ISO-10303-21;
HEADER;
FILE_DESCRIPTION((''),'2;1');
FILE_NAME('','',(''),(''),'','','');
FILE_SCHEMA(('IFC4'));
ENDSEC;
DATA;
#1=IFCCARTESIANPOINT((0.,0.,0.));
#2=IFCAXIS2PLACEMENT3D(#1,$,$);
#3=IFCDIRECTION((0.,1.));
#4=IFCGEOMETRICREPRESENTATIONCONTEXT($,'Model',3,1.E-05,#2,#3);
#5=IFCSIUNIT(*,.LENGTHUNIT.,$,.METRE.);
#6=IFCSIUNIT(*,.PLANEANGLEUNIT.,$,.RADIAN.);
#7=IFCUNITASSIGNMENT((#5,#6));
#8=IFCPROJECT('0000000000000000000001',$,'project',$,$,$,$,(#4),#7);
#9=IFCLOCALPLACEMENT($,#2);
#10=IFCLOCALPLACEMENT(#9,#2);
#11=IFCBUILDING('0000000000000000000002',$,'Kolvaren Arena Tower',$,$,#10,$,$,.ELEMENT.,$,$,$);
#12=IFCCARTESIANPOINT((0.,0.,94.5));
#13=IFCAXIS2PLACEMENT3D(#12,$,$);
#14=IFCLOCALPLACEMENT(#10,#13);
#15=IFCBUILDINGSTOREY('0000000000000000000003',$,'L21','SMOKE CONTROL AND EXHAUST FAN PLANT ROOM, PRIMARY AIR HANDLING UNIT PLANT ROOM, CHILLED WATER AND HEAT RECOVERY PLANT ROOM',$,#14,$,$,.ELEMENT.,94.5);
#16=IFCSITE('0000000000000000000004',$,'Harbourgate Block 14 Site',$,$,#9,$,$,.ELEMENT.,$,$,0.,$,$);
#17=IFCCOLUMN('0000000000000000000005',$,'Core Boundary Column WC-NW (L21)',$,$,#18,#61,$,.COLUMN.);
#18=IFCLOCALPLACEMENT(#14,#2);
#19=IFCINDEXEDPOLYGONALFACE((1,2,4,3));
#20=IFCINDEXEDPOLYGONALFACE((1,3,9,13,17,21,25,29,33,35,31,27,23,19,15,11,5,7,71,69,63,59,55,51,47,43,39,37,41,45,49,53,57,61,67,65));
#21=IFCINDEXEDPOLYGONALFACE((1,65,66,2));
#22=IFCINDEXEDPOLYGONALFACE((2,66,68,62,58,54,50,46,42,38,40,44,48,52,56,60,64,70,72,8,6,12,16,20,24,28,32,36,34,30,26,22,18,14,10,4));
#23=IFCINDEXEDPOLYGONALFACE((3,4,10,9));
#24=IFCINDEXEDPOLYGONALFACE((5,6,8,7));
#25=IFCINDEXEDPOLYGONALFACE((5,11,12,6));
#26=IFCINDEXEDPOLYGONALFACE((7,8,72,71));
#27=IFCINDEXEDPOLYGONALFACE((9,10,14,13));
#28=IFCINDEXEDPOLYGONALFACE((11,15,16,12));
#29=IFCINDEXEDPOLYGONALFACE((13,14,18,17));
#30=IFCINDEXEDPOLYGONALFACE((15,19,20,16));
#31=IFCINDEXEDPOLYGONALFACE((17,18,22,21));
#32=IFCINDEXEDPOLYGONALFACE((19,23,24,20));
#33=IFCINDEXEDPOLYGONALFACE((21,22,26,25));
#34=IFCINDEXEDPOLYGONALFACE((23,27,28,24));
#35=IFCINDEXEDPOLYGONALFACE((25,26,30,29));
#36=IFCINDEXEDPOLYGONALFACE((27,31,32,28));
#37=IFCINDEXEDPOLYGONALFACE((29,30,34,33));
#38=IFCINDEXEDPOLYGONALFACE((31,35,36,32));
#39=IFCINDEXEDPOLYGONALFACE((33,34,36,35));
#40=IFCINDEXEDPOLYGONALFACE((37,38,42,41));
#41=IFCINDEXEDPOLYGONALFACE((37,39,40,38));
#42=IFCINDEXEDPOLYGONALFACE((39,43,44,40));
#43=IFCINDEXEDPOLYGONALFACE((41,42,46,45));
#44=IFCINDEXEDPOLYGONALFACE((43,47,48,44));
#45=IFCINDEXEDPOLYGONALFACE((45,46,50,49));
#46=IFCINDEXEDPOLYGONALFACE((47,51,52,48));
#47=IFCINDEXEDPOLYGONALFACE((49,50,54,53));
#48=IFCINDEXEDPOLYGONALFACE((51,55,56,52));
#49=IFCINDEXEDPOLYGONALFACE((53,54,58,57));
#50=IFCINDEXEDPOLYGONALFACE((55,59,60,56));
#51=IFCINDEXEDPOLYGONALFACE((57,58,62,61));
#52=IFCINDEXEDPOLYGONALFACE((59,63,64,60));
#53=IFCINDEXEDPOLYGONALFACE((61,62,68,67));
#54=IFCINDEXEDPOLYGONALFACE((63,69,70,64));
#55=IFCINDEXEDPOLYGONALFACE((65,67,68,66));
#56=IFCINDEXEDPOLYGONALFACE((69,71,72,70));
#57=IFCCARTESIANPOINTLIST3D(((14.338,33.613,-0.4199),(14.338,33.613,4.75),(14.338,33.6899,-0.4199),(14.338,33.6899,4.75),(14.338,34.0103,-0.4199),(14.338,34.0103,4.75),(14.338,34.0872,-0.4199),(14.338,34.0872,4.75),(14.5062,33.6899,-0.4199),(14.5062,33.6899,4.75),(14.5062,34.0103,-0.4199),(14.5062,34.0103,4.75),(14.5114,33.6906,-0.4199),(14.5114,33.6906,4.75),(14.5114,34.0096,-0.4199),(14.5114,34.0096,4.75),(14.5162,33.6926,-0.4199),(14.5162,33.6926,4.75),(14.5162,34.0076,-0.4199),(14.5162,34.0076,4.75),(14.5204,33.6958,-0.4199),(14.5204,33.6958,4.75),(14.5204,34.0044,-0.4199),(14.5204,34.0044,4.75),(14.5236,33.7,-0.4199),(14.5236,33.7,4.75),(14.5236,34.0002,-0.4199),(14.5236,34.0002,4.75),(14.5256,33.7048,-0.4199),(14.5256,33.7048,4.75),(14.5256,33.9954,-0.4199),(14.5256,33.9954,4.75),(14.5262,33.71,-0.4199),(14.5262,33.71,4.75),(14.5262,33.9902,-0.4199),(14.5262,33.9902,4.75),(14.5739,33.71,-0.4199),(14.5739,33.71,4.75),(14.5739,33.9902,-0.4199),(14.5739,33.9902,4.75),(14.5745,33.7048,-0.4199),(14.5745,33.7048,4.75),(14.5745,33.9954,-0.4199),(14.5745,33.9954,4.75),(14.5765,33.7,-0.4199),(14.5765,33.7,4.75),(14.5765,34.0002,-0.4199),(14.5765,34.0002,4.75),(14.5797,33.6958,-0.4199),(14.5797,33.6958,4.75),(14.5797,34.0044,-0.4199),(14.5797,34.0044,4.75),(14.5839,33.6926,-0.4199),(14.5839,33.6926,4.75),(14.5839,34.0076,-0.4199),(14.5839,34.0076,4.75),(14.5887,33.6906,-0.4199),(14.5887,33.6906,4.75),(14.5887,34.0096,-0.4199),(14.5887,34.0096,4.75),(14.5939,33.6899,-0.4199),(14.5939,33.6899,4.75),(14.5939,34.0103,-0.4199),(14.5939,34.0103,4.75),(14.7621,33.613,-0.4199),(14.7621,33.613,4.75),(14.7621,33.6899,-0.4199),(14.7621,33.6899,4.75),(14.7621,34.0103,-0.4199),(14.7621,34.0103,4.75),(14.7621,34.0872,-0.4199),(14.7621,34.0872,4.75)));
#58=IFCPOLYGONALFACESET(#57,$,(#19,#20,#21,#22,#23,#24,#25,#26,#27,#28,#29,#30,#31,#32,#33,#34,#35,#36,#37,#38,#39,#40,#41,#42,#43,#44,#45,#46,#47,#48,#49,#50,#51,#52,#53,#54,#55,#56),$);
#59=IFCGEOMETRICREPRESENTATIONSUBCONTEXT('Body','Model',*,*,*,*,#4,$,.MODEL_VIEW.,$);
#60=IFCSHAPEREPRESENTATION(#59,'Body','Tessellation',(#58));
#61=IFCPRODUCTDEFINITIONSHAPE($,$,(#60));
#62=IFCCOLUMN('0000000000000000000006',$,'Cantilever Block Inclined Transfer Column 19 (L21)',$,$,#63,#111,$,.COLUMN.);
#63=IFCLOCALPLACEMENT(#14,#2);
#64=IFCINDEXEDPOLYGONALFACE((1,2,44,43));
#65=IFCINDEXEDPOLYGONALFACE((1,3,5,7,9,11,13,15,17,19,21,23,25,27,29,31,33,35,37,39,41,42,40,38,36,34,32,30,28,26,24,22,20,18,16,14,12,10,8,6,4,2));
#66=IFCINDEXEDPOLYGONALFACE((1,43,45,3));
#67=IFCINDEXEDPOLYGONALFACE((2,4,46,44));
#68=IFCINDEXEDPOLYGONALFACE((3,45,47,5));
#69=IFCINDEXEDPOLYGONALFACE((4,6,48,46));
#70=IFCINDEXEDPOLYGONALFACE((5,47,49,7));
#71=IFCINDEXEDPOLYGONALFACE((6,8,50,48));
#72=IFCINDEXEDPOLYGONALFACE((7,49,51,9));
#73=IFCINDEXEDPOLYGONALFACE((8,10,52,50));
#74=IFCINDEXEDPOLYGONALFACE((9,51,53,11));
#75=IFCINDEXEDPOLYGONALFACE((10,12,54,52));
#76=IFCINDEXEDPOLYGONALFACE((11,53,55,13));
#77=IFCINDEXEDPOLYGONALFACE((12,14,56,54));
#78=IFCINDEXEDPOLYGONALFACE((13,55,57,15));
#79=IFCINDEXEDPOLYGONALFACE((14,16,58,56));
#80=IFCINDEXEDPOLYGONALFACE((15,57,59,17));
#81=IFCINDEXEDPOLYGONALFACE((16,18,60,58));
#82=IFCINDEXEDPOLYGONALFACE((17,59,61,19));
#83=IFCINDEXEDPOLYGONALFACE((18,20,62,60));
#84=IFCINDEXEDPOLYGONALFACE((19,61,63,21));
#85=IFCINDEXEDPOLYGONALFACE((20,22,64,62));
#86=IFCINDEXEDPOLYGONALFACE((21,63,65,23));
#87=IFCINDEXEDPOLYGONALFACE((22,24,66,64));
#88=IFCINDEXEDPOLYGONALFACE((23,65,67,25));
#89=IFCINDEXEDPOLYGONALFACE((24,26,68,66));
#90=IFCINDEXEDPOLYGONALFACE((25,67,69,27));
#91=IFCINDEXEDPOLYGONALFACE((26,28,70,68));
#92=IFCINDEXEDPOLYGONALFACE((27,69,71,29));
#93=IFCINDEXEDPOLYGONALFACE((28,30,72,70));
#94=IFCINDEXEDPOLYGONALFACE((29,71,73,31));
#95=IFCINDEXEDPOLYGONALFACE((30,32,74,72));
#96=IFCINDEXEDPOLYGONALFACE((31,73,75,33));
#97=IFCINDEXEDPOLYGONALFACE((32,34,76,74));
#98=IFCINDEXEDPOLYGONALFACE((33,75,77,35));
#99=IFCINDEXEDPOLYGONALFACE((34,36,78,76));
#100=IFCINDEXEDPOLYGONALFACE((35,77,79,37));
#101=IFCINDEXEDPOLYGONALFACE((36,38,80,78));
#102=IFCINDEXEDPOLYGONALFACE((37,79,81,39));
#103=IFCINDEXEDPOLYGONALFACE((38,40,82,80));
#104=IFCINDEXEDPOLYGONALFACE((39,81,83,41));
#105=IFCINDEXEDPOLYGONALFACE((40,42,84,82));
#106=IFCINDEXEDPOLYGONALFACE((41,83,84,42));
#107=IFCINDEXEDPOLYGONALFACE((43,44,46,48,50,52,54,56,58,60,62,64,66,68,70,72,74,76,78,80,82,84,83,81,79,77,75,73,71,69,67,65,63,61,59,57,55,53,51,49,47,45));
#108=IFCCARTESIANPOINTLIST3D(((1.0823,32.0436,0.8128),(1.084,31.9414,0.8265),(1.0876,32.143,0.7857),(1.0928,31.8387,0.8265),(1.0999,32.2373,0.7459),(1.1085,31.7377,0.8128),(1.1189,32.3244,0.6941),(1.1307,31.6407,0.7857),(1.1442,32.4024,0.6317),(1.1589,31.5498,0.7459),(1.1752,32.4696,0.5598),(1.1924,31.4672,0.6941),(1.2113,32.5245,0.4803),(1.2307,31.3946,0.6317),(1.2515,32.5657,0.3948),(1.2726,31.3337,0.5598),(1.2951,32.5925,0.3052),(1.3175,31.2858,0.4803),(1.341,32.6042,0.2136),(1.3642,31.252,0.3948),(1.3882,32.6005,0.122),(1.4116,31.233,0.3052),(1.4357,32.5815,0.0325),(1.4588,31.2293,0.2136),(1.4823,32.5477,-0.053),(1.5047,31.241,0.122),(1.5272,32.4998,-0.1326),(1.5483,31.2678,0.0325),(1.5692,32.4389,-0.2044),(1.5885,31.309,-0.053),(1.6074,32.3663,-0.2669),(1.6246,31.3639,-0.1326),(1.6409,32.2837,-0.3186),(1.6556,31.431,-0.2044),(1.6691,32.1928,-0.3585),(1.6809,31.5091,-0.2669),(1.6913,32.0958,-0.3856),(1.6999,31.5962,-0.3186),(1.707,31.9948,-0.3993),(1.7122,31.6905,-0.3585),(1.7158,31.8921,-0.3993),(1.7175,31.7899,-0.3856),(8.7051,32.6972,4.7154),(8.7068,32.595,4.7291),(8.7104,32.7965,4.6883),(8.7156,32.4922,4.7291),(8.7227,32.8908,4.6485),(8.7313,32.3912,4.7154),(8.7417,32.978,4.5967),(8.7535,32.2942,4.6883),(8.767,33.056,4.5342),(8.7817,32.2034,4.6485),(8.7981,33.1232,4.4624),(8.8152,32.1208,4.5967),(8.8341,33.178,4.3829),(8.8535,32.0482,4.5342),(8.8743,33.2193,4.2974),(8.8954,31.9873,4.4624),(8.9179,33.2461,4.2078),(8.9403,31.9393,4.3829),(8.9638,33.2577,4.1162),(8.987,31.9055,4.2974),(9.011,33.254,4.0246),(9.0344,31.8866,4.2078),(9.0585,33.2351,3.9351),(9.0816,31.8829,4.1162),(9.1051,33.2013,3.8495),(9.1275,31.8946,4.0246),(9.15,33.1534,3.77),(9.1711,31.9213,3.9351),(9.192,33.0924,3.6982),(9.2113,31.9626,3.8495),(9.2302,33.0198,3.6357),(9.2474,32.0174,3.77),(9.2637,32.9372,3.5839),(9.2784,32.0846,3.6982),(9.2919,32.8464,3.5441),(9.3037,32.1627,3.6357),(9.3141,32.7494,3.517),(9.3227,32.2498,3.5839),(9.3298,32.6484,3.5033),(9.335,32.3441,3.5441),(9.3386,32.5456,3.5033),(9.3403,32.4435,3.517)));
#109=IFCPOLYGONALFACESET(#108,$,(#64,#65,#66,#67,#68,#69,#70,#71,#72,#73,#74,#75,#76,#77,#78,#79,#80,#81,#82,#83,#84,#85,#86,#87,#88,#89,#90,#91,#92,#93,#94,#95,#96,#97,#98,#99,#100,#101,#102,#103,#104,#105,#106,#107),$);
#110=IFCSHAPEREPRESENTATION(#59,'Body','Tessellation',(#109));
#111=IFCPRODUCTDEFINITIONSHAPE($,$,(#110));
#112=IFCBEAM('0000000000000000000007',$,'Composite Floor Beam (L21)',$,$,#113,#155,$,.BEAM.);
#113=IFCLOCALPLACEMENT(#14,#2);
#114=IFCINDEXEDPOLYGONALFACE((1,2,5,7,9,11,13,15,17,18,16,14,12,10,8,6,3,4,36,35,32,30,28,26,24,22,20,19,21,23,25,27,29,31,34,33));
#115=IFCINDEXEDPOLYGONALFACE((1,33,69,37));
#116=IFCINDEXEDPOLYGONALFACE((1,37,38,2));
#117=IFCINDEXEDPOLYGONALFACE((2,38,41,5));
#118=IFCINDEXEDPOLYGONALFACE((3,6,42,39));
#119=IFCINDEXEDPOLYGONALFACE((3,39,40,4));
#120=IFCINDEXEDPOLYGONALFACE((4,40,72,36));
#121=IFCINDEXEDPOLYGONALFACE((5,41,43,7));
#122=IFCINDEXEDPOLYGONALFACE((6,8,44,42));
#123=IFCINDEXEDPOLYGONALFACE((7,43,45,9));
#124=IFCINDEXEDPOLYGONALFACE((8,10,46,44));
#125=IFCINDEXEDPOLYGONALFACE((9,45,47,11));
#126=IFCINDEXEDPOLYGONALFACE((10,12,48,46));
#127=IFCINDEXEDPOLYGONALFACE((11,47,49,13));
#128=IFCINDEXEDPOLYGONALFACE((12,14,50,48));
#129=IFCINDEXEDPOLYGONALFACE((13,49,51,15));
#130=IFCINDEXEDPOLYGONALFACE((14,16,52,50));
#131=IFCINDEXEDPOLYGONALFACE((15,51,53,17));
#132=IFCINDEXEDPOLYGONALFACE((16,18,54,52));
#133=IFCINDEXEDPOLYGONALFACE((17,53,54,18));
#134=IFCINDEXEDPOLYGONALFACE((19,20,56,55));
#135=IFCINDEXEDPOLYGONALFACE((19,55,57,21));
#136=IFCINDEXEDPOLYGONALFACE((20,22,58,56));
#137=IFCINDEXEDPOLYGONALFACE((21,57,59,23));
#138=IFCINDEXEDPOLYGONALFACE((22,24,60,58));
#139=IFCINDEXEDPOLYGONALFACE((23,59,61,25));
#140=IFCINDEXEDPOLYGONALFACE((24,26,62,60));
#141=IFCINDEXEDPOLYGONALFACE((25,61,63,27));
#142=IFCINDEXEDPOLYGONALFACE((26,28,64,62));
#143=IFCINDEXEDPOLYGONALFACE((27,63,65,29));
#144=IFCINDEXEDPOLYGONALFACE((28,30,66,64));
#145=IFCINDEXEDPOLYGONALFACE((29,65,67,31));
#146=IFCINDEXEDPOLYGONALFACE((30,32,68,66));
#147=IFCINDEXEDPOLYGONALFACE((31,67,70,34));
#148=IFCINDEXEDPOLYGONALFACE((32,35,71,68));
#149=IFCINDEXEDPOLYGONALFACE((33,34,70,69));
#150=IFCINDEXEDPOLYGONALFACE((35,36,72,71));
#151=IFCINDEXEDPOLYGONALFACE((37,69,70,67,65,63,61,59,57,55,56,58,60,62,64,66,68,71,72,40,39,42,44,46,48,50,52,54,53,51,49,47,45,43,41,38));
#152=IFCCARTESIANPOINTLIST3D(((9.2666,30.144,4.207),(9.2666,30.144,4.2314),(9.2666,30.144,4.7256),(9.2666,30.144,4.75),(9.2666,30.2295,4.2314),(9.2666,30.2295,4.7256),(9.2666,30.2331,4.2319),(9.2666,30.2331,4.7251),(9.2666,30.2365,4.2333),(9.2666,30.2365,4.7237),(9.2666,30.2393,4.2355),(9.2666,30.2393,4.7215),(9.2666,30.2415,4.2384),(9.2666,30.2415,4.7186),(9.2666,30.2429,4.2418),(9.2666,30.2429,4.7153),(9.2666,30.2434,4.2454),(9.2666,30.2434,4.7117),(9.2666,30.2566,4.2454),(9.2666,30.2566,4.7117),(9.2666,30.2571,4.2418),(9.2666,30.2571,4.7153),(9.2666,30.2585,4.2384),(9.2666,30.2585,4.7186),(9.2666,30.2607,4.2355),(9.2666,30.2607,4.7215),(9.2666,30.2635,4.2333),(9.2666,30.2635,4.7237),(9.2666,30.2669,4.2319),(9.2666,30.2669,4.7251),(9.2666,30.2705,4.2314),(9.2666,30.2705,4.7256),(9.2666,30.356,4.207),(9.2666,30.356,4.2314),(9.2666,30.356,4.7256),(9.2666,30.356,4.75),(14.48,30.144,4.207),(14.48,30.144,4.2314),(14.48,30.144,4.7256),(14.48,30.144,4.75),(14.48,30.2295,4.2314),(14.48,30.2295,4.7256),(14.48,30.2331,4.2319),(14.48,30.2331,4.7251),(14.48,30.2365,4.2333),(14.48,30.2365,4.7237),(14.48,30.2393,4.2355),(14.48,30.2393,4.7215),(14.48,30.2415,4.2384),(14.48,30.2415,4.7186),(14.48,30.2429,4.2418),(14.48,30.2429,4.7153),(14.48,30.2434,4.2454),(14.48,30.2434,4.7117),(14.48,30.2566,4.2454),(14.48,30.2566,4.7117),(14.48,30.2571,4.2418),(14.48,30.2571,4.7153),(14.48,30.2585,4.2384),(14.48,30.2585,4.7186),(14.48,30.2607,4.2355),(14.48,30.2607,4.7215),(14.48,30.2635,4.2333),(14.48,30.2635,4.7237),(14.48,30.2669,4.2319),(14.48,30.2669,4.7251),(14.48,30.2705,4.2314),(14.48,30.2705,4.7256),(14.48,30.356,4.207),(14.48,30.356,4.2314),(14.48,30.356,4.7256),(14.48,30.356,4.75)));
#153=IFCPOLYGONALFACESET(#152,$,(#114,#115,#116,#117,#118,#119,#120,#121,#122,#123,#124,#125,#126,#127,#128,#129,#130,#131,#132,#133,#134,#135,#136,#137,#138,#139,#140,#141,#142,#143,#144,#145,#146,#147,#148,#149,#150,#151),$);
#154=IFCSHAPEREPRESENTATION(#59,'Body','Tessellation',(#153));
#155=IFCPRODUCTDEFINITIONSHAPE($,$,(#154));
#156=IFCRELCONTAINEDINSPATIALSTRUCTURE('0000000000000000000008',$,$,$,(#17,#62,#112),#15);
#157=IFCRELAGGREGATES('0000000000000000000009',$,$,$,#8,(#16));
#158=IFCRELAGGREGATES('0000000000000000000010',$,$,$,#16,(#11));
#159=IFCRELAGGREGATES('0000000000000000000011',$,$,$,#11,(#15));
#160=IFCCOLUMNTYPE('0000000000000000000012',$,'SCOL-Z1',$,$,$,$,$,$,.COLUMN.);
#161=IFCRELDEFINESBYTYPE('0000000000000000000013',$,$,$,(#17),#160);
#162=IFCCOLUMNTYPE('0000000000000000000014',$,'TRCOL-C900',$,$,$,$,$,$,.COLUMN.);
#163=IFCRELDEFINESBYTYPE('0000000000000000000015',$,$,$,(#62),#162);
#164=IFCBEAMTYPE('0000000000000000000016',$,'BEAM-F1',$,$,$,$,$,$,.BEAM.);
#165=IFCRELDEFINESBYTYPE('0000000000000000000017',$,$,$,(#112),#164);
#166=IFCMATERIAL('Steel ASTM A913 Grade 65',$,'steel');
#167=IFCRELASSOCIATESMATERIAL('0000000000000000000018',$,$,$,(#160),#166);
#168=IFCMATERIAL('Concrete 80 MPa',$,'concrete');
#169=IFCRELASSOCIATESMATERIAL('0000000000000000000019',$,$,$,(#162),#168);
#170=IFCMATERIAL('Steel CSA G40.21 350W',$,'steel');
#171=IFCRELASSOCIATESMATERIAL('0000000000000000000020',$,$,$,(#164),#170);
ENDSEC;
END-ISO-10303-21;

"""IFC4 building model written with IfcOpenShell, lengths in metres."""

from ifc_helpers import new_model, si_unit, direction, frame, origin, origin_2d, place, context, subcontext, project, spatial, circle, i_section, extrude, material, material_profile, profile_set, type_object, element, save


model = new_model("IFC4")

# Units and contexts
model_context = context("Model", 3, precision=1e-05, world=origin(), true_north=direction((0.0, 1.0)))
body_context = subcontext(model_context, "Body", "Model", "MODEL_VIEW")
ifc_project = project(units=[si_unit("LENGTHUNIT", "METRE"), si_unit("PLANEANGLEUNIT", "RADIAN")], contexts=[model_context])

# Site, building, storey
site_placement = place(None, origin())
site = spatial("IfcSite", under=ifc_project, at=site_placement, Name="Harbourgate Block 14 Site", CompositionType="ELEMENT", RefElevation=0.0)
building_placement = place(site_placement, origin())
building = spatial("IfcBuilding", under=site, at=building_placement, Name="Kolvaren Arena Tower", CompositionType="ELEMENT")
storey_placement = place(building_placement, frame((0.0, 0.0, 94.5)))
storey = spatial("IfcBuildingStorey", under=building, at=storey_placement, Name="L21", Description="SMOKE CONTROL AND EXHAUST FAN PLANT ROOM, PRIMARY AIR HANDLING UNIT PLANT ROOM, CHILLED WATER AND HEAT RECOVERY PLANT ROOM", CompositionType="ELEMENT", Elevation=94.5)

# Columns
ifc_material_1 = material(Name="Steel ASTM A913 Grade 65", Category="steel")
ifc_material_profile_1 = material_profile(ifc_material_1, i_section(OverallWidth=0.4241, OverallDepth=0.4741, WebThickness=0.0476, FlangeThickness=0.0769, FilletRadius=0.02, at=origin_2d()), Name="W360x634")
ifc_profile_set_1 = profile_set([ifc_material_profile_1], Name="Steel ASTM A913 Grade 65")
column_type_1 = type_object("IfcColumnType", Name="SCOL-Z1", PredefinedType="COLUMN", material=ifc_profile_set_1)
column_1_placement = place(storey_placement, frame((14.55, 33.8501, -0.4199), z_axis=(0.0, 0.0, 1.0), x_axis=(1.0, 0.0, 0.0)))
element("IfcColumn", 1, at=column_1_placement, inside=storey, type_object=column_type_1, Name="Core Boundary Column WC-NW (L21)", PredefinedType="COLUMN", context=body_context, shape_type="SweptSolid", body=[
    extrude(i_section(OverallWidth=0.4241, OverallDepth=0.4741, WebThickness=0.0476, FlangeThickness=0.0769, FilletRadius=0.02, at=origin_2d()), origin(), (0.0, 0.0, 1.0), 5.1699),
])
ifc_material_2 = material(Name="Concrete 80 MPa", Category="concrete")
ifc_material_profile_2 = material_profile(ifc_material_2, circle(Radius=0.6899, at=origin_2d()), Name="RC-CIRC-1380")
ifc_profile_set_2 = profile_set([ifc_material_profile_2], Name="Concrete 80 MPa")
column_type_2 = type_object("IfcColumnType", Name="TRCOL-C900", PredefinedType="COLUMN", material=ifc_profile_set_2)
column_2_placement = place(storey_placement, frame((1.3999, 31.9167, 0.2136), z_axis=(0.887546, 0.076097, 0.45439), x_axis=(-0.085425, 0.996345, 0.0)))
element("IfcColumn", 2, at=column_2_placement, inside=storey, type_object=column_type_2, Name="Cantilever Block Inclined Transfer Column 19 (L21)", PredefinedType="COLUMN", context=body_context, shape_type="SweptSolid", body=[
    extrude(circle(Radius=0.6899, at=origin_2d()), origin(), (0.0, 0.0, 1.0), 8.5886),
])

# Beam
ifc_material_3 = material(Name="Steel CSA G40.21 350W", Category="steel")
ifc_material_profile_3 = material_profile(ifc_material_3, i_section(OverallWidth=0.2119, OverallDepth=0.543, WebThickness=0.0132, FlangeThickness=0.0244, FilletRadius=0.0139, at=origin_2d()), Name="W530x150")
ifc_profile_set_3 = profile_set([ifc_material_profile_3], Name="Steel CSA G40.21 350W")
beam_type_1 = type_object("IfcBeamType", Name="BEAM-F1", PredefinedType="BEAM", material=ifc_profile_set_3)
beam_1_placement = place(storey_placement, frame((9.2666, 30.25, 4.4785), z_axis=(1.0, 0.0, 0.0), x_axis=(0.0, 1.0, 0.0)))
element("IfcBeam", 3, at=beam_1_placement, inside=storey, type_object=beam_type_1, Name="Composite Floor Beam (L21)", PredefinedType="BEAM", context=body_context, shape_type="SweptSolid", body=[
    extrude(i_section(OverallWidth=0.2119, OverallDepth=0.543, WebThickness=0.0132, FlangeThickness=0.0244, FilletRadius=0.0139, at=origin_2d()), origin(), (0.0, 0.0, 1.0), 5.2134),
])

save(model, "model.ifc")
